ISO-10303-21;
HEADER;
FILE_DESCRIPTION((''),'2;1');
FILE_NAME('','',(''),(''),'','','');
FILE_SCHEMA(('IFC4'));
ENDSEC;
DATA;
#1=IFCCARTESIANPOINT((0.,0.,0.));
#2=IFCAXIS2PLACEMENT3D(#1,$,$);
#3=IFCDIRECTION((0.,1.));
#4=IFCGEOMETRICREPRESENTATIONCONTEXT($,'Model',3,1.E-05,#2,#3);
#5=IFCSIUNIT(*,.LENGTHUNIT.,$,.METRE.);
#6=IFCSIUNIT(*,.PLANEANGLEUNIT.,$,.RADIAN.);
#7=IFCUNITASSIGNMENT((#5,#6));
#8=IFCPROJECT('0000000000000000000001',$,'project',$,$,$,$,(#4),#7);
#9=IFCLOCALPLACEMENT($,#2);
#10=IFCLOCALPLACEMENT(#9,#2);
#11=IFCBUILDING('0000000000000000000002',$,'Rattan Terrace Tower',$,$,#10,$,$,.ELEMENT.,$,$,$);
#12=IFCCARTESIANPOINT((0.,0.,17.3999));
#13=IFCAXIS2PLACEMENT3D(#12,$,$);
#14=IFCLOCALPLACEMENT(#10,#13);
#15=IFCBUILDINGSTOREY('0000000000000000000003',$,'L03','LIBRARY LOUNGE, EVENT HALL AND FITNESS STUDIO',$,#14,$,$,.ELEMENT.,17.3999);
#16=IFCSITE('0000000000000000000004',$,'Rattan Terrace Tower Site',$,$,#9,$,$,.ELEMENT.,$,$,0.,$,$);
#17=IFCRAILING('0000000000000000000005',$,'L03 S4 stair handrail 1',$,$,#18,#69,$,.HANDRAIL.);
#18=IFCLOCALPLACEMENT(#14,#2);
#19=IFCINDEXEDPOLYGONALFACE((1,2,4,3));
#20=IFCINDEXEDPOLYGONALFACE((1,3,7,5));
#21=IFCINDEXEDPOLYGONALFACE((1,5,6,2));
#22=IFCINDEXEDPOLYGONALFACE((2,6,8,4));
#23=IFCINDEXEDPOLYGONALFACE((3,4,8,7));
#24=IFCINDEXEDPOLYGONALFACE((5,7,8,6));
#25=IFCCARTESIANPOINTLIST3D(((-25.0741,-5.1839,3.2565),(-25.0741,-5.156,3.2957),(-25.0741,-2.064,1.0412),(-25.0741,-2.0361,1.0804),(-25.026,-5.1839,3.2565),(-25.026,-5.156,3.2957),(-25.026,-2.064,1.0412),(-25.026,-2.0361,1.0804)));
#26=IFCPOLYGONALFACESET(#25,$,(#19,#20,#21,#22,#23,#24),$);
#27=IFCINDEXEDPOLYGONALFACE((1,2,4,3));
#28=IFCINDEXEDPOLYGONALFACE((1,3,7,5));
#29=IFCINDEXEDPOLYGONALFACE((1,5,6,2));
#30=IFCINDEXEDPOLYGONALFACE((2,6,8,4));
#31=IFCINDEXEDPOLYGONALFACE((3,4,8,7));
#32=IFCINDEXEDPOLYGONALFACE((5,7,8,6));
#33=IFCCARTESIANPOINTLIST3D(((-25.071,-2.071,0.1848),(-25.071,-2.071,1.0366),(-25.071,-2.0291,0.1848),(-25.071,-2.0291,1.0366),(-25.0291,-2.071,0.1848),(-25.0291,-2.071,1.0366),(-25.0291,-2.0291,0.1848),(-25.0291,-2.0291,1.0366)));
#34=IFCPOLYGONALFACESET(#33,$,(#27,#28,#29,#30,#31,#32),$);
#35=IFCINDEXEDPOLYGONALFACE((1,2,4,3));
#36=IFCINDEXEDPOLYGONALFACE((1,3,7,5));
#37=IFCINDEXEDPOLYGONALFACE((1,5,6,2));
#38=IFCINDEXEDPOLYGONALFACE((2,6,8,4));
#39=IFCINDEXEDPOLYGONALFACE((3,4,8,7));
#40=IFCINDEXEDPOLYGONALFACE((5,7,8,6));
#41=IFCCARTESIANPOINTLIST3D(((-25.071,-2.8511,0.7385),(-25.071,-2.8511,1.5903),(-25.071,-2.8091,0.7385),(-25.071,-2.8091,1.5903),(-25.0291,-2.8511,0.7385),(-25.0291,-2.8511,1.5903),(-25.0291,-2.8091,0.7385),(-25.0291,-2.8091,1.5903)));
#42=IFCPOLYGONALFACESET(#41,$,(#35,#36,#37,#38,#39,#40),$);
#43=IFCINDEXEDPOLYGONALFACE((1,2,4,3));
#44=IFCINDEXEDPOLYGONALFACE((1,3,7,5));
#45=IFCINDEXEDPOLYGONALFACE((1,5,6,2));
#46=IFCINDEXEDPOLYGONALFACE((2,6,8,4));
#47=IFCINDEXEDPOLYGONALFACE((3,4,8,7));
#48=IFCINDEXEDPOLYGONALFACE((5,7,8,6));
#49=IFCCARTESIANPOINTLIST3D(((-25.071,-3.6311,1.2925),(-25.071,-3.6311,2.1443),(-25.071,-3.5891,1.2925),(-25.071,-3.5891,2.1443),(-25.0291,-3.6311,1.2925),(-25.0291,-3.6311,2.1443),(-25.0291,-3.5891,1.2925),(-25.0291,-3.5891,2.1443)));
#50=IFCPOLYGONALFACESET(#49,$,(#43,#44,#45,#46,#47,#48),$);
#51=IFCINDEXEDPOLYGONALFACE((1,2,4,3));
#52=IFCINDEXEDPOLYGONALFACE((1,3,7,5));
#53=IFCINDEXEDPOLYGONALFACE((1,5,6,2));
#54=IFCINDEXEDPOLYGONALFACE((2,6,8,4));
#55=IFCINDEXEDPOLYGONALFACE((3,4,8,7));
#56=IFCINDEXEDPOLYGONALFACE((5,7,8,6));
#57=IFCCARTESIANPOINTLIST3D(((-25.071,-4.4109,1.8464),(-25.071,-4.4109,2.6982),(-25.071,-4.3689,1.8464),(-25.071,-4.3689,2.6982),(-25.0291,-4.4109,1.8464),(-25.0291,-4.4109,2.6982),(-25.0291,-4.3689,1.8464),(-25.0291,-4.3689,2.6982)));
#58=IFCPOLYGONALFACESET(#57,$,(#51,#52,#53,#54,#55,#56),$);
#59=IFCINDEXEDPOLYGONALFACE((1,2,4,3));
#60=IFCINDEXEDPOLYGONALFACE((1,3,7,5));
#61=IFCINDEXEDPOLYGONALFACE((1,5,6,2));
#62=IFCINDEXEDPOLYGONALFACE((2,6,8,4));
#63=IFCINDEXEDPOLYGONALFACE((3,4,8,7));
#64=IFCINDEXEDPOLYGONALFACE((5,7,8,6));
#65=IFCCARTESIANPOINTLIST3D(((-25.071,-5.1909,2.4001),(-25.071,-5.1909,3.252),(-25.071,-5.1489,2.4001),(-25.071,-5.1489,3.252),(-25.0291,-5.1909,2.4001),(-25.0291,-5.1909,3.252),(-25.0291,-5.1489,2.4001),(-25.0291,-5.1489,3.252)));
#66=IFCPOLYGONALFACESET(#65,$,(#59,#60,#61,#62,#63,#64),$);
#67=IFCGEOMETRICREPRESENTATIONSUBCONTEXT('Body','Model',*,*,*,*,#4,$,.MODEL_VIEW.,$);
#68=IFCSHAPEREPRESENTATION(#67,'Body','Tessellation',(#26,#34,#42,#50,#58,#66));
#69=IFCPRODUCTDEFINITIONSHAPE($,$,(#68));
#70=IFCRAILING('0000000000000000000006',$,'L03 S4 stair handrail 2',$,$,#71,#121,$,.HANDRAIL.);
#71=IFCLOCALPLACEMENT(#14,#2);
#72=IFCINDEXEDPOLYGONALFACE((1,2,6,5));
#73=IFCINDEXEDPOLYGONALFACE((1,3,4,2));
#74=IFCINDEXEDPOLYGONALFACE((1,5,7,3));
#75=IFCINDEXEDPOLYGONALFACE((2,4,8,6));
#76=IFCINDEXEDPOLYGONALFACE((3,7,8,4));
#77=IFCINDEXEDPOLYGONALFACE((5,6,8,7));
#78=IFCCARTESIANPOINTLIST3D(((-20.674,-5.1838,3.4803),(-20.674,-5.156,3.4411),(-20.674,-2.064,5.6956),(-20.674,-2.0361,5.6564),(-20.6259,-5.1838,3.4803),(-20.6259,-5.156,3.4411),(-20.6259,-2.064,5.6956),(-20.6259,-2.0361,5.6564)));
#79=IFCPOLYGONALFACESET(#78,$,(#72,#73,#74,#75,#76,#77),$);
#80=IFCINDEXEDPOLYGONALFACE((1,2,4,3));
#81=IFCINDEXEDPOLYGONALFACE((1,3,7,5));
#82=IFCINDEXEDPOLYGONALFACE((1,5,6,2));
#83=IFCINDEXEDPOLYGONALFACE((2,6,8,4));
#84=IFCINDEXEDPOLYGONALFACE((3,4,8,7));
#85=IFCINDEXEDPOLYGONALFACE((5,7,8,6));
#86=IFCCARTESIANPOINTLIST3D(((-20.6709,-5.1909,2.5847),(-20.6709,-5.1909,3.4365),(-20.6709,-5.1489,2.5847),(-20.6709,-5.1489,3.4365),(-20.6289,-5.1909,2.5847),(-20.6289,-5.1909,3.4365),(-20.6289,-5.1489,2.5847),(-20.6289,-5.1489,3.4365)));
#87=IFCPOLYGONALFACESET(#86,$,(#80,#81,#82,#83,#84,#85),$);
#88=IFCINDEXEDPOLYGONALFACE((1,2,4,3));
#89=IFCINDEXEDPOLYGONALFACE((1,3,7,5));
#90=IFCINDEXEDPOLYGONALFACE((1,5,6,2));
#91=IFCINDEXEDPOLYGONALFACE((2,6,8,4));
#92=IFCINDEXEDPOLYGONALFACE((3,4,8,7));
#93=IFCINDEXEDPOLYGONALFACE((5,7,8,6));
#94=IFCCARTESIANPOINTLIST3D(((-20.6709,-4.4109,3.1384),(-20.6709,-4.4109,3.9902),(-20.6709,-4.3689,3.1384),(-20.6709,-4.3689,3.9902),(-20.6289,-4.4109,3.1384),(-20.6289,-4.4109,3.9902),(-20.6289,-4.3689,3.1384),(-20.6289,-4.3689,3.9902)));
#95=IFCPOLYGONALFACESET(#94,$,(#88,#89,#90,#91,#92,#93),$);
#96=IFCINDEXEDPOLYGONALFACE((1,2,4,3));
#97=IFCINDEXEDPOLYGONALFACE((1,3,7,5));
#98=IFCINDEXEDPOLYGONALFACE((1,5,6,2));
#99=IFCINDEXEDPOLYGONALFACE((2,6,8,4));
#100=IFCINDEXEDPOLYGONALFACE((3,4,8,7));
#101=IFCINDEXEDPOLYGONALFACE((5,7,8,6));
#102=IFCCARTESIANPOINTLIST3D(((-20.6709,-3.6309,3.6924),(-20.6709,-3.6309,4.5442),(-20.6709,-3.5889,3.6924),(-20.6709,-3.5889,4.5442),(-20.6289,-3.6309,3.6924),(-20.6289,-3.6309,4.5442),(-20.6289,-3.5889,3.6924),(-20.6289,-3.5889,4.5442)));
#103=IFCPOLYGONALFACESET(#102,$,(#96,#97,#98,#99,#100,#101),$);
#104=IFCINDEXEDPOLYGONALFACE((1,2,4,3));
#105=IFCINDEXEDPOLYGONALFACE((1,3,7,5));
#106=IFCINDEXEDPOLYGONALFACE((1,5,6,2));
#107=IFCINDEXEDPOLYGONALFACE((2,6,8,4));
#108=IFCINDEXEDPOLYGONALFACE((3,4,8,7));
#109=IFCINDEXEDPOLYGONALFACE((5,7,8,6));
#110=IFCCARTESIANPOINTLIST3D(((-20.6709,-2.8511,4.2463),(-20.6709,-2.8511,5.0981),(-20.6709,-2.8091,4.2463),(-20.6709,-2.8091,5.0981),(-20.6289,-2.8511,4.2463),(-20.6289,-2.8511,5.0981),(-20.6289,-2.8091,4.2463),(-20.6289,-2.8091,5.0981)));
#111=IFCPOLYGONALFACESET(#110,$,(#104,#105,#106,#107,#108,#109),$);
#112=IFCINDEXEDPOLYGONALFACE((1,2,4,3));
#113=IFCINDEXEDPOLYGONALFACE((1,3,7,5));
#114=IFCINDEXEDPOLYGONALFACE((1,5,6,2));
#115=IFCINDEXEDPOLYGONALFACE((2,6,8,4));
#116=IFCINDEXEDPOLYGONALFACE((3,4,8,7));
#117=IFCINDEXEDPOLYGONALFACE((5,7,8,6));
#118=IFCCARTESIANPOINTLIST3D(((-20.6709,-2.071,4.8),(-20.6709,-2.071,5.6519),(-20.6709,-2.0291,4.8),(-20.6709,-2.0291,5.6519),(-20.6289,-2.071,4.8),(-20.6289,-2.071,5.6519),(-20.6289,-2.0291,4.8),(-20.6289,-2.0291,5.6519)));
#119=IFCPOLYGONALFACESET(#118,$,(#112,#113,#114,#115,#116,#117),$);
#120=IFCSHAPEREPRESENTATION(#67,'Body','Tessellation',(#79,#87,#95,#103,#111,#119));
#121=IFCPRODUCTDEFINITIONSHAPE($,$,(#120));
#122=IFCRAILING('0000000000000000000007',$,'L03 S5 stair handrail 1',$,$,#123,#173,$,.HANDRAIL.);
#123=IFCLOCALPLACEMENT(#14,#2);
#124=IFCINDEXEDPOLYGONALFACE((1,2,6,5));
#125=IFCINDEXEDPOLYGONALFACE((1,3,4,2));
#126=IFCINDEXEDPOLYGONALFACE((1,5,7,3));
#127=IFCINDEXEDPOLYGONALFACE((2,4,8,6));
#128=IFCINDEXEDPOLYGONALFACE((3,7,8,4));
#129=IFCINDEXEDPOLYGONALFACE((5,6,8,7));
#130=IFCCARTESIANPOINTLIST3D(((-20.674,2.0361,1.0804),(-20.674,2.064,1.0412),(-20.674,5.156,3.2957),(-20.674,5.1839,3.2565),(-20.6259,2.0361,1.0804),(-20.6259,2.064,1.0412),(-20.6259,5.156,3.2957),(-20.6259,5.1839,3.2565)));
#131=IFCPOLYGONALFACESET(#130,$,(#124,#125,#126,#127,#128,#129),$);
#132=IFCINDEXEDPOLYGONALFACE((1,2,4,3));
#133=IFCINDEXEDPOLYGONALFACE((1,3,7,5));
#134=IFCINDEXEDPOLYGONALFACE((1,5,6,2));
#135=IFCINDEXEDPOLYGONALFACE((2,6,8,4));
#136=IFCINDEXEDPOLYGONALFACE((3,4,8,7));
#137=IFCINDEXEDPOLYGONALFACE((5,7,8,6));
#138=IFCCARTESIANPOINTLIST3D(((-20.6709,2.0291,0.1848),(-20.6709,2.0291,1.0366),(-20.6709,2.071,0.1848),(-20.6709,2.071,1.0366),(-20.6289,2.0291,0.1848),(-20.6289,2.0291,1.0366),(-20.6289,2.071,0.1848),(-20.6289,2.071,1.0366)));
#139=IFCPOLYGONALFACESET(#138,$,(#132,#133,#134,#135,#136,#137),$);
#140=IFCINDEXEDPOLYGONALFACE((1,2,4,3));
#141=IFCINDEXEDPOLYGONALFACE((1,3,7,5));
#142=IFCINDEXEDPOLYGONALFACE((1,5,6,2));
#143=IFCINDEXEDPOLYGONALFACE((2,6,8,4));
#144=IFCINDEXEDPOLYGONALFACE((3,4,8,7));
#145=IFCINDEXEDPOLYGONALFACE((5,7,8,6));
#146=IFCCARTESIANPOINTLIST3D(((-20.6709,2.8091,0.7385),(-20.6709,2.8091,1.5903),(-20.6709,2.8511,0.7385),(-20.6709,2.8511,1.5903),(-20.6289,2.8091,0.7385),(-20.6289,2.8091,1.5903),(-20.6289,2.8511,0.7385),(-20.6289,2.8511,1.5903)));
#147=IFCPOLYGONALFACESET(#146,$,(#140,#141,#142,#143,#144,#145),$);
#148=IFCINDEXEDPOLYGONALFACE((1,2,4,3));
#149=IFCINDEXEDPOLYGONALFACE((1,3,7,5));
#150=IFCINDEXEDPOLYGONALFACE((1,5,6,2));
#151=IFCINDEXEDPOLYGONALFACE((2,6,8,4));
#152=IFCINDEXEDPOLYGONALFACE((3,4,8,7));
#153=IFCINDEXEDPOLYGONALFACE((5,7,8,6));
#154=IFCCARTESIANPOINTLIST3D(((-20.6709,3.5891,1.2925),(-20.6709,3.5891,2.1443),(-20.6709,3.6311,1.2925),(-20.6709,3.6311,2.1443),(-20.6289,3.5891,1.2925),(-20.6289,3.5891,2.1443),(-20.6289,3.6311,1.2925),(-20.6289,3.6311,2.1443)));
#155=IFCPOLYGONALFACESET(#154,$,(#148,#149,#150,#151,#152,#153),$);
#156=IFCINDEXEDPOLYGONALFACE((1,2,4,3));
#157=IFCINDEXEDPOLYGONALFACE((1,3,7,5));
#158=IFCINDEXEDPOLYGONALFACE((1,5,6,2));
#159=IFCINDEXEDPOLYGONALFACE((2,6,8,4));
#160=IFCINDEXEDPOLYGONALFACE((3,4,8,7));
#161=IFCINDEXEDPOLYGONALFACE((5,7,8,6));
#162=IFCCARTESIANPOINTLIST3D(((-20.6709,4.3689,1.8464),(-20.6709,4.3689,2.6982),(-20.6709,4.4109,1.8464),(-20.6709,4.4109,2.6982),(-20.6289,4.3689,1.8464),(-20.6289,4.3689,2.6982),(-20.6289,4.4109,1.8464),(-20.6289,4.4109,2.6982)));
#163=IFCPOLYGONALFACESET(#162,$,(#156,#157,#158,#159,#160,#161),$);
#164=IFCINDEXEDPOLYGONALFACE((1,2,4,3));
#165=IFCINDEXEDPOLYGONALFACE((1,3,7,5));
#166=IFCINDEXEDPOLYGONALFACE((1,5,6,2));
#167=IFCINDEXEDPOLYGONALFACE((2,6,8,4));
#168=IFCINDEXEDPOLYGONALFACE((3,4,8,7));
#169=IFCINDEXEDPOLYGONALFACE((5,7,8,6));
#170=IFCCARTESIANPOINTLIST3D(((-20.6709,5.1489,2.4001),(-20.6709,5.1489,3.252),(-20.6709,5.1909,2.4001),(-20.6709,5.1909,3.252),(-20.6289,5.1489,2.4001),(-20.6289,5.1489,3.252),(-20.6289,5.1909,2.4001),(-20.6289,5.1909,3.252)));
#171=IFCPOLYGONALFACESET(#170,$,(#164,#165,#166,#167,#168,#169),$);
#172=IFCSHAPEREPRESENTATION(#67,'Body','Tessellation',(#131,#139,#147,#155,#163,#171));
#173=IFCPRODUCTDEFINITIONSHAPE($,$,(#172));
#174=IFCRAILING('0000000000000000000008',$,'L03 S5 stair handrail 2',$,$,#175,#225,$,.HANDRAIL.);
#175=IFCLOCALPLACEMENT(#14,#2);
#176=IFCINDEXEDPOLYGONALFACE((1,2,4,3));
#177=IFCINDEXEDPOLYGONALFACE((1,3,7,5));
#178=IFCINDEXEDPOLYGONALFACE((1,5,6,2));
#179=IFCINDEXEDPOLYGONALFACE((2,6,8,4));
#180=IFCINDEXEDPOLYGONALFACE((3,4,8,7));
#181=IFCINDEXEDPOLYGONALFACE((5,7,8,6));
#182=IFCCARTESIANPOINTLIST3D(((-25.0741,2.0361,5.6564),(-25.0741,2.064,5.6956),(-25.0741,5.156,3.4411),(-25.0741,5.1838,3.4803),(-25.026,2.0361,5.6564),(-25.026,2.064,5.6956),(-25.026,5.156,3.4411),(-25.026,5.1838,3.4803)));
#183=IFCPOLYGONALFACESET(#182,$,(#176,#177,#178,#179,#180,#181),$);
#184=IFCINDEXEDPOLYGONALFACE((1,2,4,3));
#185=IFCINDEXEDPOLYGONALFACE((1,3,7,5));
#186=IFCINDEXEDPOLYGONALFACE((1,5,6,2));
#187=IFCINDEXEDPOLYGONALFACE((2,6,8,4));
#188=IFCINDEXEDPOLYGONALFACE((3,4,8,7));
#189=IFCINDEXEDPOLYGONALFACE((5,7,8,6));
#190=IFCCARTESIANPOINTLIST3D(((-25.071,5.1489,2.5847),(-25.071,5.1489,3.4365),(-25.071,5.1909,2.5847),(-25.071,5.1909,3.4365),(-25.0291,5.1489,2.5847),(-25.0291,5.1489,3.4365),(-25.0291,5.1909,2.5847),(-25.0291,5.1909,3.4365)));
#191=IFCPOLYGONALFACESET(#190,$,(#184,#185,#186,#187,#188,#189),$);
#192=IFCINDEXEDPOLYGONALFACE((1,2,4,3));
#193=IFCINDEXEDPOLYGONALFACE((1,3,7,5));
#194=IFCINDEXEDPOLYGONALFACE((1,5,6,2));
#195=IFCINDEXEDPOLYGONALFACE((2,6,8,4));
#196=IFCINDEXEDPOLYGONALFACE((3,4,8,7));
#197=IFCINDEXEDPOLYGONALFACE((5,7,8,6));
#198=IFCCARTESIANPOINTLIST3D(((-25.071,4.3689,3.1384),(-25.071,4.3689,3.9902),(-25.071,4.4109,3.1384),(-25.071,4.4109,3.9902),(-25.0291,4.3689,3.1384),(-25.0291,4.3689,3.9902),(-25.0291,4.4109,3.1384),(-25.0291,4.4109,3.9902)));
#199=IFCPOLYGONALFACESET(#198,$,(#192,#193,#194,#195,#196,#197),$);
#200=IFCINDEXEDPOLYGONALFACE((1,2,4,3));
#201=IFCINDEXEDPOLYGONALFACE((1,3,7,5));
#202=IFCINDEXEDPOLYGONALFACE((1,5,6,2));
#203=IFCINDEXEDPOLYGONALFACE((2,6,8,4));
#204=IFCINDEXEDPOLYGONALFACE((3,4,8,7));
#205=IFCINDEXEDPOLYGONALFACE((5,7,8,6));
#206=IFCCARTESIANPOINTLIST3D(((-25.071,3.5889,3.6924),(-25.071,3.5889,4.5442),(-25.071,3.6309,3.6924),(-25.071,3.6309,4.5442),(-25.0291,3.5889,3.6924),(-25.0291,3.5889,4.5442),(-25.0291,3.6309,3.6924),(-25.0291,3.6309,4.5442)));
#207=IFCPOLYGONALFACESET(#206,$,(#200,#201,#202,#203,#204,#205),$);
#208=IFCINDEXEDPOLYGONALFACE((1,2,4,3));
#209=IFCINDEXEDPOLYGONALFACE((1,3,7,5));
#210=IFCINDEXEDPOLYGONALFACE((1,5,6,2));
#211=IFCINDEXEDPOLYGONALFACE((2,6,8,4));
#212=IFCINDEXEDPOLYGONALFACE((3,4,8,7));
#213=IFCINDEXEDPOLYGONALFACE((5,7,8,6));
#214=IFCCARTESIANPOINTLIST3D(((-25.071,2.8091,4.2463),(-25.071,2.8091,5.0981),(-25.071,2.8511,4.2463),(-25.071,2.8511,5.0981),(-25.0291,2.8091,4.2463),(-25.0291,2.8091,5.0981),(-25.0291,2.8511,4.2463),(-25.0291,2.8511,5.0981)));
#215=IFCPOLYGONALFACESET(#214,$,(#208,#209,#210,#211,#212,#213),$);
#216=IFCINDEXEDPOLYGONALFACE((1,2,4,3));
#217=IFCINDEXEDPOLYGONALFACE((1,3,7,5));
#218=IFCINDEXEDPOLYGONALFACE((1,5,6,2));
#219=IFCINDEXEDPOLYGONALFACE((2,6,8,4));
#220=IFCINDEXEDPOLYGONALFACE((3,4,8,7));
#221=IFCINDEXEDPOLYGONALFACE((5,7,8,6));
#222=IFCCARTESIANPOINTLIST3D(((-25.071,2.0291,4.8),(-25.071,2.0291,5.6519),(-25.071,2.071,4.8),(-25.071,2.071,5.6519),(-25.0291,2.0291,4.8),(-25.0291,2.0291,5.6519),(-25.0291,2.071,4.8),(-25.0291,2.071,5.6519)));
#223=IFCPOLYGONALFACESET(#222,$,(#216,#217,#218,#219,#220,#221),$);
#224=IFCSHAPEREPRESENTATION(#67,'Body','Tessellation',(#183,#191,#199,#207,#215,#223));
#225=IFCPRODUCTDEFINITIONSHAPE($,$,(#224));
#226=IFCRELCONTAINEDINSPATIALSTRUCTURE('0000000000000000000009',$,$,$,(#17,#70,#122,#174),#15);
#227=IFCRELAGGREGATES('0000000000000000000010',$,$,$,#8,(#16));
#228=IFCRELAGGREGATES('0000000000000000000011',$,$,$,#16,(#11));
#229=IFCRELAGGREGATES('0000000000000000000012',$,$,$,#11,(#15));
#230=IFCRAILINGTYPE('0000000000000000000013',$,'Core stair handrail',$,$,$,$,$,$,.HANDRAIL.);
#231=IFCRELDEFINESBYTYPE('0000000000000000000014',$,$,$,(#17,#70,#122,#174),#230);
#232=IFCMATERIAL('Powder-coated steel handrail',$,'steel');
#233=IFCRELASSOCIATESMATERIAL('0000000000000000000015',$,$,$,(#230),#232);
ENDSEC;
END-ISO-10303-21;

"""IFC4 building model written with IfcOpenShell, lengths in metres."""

from ifc_helpers import new_model, si_unit, direction, frame, origin, origin_2d, place, context, subcontext, project, spatial, rectangle, extrude, material, type_object, element, save


model = new_model("IFC4")

# Units and contexts
model_context = context("Model", 3, precision=1e-05, world=origin(), true_north=direction((0.0, 1.0)))
body_context = subcontext(model_context, "Body", "Model", "MODEL_VIEW")
ifc_project = project(units=[si_unit("LENGTHUNIT", "METRE"), si_unit("PLANEANGLEUNIT", "RADIAN")], contexts=[model_context])

# Site, building, storey
site_placement = place(None, origin())
site = spatial("IfcSite", under=ifc_project, at=site_placement, Name="Rattan Terrace Tower Site", CompositionType="ELEMENT", RefElevation=0.0)
building_placement = place(site_placement, origin())
building = spatial("IfcBuilding", under=site, at=building_placement, Name="Rattan Terrace Tower", CompositionType="ELEMENT")
storey_placement = place(building_placement, frame((0.0, 0.0, 17.3999)))
storey = spatial("IfcBuildingStorey", under=building, at=storey_placement, Name="L03", Description="LIBRARY LOUNGE, EVENT HALL AND FITNESS STUDIO", CompositionType="ELEMENT", Elevation=17.3999)

# Railings
ifc_material_1 = material(Name="Powder-coated steel handrail", Category="steel")
railing_type_1 = type_object("IfcRailingType", Name="Core stair handrail", PredefinedType="HANDRAIL", material=ifc_material_1)
railing_1_placement = place(storey_placement, frame((-25.05, -2.05, 0.1848)))
element("IfcRailing", 1, at=railing_1_placement, inside=storey, type_object=railing_type_1, Name="L03 S4 stair handrail 1", PredefinedType="HANDRAIL", context=body_context, shape_type="SweptSolid", body=[
    extrude(rectangle(XDim=0.0481, YDim=0.0481, at=origin_2d()), frame((0.0, 0.0, 0.876), z_axis=(0.0, -0.815356, 0.578961), x_axis=(1.0, 0.0, 0.0)), (0.0, 0.0, 1.0), 3.8264),
    extrude(rectangle(XDim=0.042, YDim=0.042, at=origin_2d()), origin(), (0.0, 0.0, 1.0), 0.8518),
    extrude(rectangle(XDim=0.042, YDim=0.042, at=origin_2d()), frame((0.0, -0.78, 0.5537)), (0.0, 0.0, 1.0), 0.8518),
    extrude(rectangle(XDim=0.042, YDim=0.042, at=origin_2d()), frame((0.0, -1.5601, 1.1077)), (0.0, 0.0, 1.0), 0.8518),
    extrude(rectangle(XDim=0.042, YDim=0.042, at=origin_2d()), frame((0.0, -2.3398, 1.6616)), (0.0, 0.0, 1.0), 0.8518),
    extrude(rectangle(XDim=0.042, YDim=0.042, at=origin_2d()), frame((0.0, -3.1199, 2.2153)), (0.0, 0.0, 1.0), 0.8518),
])
for number, where, name in (
    (2, (-20.6499, -5.1699, 2.5847), "L03 S4 stair handrail 2"),
    (3, (-20.6499, 2.05, 0.1848), "L03 S5 stair handrail 1"),
):
    element("IfcRailing", number, at=place(storey_placement, frame(where)), inside=storey, type_object=railing_type_1, Name=name, PredefinedType="HANDRAIL", context=body_context, shape_type="SweptSolid", body=[
        extrude(rectangle(XDim=0.0481, YDim=0.0481, at=origin_2d()), frame((0.0, 0.0, 0.876), z_axis=(0.0, 0.815356, 0.578961), x_axis=(-1.0, 0.0, 0.0)), (0.0, 0.0, 1.0), 3.8264),
        extrude(rectangle(XDim=0.042, YDim=0.042, at=origin_2d()), origin(), (0.0, 0.0, 1.0), 0.8518),
        extrude(rectangle(XDim=0.042, YDim=0.042, at=origin_2d()), frame((0.0, 0.78, 0.5537)), (0.0, 0.0, 1.0), 0.8518),
        extrude(rectangle(XDim=0.042, YDim=0.042, at=origin_2d()), frame((0.0, 1.5601, 1.1077)), (0.0, 0.0, 1.0), 0.8518),
        extrude(rectangle(XDim=0.042, YDim=0.042, at=origin_2d()), frame((0.0, 2.3398, 1.6616)), (0.0, 0.0, 1.0), 0.8518),
        extrude(rectangle(XDim=0.042, YDim=0.042, at=origin_2d()), frame((0.0, 3.1199, 2.2153)), (0.0, 0.0, 1.0), 0.8518),
    ])
railing_2_placement = place(storey_placement, frame((-25.05, 5.1699, 2.5847)))
element("IfcRailing", 4, at=railing_2_placement, inside=storey, type_object=railing_type_1, Name="L03 S5 stair handrail 2", PredefinedType="HANDRAIL", context=body_context, shape_type="SweptSolid", body=[
    extrude(rectangle(XDim=0.0481, YDim=0.0481, at=origin_2d()), frame((0.0, 0.0, 0.876), z_axis=(0.0, -0.815356, 0.578961), x_axis=(1.0, 0.0, 0.0)), (0.0, 0.0, 1.0), 3.8264),
    extrude(rectangle(XDim=0.042, YDim=0.042, at=origin_2d()), origin(), (0.0, 0.0, 1.0), 0.8518),
    extrude(rectangle(XDim=0.042, YDim=0.042, at=origin_2d()), frame((0.0, -0.78, 0.5537)), (0.0, 0.0, 1.0), 0.8518),
    extrude(rectangle(XDim=0.042, YDim=0.042, at=origin_2d()), frame((0.0, -1.5601, 1.1077)), (0.0, 0.0, 1.0), 0.8518),
    extrude(rectangle(XDim=0.042, YDim=0.042, at=origin_2d()), frame((0.0, -2.3398, 1.6616)), (0.0, 0.0, 1.0), 0.8518),
    extrude(rectangle(XDim=0.042, YDim=0.042, at=origin_2d()), frame((0.0, -3.1199, 2.2153)), (0.0, 0.0, 1.0), 0.8518),
])

save(model, "model.ifc")
